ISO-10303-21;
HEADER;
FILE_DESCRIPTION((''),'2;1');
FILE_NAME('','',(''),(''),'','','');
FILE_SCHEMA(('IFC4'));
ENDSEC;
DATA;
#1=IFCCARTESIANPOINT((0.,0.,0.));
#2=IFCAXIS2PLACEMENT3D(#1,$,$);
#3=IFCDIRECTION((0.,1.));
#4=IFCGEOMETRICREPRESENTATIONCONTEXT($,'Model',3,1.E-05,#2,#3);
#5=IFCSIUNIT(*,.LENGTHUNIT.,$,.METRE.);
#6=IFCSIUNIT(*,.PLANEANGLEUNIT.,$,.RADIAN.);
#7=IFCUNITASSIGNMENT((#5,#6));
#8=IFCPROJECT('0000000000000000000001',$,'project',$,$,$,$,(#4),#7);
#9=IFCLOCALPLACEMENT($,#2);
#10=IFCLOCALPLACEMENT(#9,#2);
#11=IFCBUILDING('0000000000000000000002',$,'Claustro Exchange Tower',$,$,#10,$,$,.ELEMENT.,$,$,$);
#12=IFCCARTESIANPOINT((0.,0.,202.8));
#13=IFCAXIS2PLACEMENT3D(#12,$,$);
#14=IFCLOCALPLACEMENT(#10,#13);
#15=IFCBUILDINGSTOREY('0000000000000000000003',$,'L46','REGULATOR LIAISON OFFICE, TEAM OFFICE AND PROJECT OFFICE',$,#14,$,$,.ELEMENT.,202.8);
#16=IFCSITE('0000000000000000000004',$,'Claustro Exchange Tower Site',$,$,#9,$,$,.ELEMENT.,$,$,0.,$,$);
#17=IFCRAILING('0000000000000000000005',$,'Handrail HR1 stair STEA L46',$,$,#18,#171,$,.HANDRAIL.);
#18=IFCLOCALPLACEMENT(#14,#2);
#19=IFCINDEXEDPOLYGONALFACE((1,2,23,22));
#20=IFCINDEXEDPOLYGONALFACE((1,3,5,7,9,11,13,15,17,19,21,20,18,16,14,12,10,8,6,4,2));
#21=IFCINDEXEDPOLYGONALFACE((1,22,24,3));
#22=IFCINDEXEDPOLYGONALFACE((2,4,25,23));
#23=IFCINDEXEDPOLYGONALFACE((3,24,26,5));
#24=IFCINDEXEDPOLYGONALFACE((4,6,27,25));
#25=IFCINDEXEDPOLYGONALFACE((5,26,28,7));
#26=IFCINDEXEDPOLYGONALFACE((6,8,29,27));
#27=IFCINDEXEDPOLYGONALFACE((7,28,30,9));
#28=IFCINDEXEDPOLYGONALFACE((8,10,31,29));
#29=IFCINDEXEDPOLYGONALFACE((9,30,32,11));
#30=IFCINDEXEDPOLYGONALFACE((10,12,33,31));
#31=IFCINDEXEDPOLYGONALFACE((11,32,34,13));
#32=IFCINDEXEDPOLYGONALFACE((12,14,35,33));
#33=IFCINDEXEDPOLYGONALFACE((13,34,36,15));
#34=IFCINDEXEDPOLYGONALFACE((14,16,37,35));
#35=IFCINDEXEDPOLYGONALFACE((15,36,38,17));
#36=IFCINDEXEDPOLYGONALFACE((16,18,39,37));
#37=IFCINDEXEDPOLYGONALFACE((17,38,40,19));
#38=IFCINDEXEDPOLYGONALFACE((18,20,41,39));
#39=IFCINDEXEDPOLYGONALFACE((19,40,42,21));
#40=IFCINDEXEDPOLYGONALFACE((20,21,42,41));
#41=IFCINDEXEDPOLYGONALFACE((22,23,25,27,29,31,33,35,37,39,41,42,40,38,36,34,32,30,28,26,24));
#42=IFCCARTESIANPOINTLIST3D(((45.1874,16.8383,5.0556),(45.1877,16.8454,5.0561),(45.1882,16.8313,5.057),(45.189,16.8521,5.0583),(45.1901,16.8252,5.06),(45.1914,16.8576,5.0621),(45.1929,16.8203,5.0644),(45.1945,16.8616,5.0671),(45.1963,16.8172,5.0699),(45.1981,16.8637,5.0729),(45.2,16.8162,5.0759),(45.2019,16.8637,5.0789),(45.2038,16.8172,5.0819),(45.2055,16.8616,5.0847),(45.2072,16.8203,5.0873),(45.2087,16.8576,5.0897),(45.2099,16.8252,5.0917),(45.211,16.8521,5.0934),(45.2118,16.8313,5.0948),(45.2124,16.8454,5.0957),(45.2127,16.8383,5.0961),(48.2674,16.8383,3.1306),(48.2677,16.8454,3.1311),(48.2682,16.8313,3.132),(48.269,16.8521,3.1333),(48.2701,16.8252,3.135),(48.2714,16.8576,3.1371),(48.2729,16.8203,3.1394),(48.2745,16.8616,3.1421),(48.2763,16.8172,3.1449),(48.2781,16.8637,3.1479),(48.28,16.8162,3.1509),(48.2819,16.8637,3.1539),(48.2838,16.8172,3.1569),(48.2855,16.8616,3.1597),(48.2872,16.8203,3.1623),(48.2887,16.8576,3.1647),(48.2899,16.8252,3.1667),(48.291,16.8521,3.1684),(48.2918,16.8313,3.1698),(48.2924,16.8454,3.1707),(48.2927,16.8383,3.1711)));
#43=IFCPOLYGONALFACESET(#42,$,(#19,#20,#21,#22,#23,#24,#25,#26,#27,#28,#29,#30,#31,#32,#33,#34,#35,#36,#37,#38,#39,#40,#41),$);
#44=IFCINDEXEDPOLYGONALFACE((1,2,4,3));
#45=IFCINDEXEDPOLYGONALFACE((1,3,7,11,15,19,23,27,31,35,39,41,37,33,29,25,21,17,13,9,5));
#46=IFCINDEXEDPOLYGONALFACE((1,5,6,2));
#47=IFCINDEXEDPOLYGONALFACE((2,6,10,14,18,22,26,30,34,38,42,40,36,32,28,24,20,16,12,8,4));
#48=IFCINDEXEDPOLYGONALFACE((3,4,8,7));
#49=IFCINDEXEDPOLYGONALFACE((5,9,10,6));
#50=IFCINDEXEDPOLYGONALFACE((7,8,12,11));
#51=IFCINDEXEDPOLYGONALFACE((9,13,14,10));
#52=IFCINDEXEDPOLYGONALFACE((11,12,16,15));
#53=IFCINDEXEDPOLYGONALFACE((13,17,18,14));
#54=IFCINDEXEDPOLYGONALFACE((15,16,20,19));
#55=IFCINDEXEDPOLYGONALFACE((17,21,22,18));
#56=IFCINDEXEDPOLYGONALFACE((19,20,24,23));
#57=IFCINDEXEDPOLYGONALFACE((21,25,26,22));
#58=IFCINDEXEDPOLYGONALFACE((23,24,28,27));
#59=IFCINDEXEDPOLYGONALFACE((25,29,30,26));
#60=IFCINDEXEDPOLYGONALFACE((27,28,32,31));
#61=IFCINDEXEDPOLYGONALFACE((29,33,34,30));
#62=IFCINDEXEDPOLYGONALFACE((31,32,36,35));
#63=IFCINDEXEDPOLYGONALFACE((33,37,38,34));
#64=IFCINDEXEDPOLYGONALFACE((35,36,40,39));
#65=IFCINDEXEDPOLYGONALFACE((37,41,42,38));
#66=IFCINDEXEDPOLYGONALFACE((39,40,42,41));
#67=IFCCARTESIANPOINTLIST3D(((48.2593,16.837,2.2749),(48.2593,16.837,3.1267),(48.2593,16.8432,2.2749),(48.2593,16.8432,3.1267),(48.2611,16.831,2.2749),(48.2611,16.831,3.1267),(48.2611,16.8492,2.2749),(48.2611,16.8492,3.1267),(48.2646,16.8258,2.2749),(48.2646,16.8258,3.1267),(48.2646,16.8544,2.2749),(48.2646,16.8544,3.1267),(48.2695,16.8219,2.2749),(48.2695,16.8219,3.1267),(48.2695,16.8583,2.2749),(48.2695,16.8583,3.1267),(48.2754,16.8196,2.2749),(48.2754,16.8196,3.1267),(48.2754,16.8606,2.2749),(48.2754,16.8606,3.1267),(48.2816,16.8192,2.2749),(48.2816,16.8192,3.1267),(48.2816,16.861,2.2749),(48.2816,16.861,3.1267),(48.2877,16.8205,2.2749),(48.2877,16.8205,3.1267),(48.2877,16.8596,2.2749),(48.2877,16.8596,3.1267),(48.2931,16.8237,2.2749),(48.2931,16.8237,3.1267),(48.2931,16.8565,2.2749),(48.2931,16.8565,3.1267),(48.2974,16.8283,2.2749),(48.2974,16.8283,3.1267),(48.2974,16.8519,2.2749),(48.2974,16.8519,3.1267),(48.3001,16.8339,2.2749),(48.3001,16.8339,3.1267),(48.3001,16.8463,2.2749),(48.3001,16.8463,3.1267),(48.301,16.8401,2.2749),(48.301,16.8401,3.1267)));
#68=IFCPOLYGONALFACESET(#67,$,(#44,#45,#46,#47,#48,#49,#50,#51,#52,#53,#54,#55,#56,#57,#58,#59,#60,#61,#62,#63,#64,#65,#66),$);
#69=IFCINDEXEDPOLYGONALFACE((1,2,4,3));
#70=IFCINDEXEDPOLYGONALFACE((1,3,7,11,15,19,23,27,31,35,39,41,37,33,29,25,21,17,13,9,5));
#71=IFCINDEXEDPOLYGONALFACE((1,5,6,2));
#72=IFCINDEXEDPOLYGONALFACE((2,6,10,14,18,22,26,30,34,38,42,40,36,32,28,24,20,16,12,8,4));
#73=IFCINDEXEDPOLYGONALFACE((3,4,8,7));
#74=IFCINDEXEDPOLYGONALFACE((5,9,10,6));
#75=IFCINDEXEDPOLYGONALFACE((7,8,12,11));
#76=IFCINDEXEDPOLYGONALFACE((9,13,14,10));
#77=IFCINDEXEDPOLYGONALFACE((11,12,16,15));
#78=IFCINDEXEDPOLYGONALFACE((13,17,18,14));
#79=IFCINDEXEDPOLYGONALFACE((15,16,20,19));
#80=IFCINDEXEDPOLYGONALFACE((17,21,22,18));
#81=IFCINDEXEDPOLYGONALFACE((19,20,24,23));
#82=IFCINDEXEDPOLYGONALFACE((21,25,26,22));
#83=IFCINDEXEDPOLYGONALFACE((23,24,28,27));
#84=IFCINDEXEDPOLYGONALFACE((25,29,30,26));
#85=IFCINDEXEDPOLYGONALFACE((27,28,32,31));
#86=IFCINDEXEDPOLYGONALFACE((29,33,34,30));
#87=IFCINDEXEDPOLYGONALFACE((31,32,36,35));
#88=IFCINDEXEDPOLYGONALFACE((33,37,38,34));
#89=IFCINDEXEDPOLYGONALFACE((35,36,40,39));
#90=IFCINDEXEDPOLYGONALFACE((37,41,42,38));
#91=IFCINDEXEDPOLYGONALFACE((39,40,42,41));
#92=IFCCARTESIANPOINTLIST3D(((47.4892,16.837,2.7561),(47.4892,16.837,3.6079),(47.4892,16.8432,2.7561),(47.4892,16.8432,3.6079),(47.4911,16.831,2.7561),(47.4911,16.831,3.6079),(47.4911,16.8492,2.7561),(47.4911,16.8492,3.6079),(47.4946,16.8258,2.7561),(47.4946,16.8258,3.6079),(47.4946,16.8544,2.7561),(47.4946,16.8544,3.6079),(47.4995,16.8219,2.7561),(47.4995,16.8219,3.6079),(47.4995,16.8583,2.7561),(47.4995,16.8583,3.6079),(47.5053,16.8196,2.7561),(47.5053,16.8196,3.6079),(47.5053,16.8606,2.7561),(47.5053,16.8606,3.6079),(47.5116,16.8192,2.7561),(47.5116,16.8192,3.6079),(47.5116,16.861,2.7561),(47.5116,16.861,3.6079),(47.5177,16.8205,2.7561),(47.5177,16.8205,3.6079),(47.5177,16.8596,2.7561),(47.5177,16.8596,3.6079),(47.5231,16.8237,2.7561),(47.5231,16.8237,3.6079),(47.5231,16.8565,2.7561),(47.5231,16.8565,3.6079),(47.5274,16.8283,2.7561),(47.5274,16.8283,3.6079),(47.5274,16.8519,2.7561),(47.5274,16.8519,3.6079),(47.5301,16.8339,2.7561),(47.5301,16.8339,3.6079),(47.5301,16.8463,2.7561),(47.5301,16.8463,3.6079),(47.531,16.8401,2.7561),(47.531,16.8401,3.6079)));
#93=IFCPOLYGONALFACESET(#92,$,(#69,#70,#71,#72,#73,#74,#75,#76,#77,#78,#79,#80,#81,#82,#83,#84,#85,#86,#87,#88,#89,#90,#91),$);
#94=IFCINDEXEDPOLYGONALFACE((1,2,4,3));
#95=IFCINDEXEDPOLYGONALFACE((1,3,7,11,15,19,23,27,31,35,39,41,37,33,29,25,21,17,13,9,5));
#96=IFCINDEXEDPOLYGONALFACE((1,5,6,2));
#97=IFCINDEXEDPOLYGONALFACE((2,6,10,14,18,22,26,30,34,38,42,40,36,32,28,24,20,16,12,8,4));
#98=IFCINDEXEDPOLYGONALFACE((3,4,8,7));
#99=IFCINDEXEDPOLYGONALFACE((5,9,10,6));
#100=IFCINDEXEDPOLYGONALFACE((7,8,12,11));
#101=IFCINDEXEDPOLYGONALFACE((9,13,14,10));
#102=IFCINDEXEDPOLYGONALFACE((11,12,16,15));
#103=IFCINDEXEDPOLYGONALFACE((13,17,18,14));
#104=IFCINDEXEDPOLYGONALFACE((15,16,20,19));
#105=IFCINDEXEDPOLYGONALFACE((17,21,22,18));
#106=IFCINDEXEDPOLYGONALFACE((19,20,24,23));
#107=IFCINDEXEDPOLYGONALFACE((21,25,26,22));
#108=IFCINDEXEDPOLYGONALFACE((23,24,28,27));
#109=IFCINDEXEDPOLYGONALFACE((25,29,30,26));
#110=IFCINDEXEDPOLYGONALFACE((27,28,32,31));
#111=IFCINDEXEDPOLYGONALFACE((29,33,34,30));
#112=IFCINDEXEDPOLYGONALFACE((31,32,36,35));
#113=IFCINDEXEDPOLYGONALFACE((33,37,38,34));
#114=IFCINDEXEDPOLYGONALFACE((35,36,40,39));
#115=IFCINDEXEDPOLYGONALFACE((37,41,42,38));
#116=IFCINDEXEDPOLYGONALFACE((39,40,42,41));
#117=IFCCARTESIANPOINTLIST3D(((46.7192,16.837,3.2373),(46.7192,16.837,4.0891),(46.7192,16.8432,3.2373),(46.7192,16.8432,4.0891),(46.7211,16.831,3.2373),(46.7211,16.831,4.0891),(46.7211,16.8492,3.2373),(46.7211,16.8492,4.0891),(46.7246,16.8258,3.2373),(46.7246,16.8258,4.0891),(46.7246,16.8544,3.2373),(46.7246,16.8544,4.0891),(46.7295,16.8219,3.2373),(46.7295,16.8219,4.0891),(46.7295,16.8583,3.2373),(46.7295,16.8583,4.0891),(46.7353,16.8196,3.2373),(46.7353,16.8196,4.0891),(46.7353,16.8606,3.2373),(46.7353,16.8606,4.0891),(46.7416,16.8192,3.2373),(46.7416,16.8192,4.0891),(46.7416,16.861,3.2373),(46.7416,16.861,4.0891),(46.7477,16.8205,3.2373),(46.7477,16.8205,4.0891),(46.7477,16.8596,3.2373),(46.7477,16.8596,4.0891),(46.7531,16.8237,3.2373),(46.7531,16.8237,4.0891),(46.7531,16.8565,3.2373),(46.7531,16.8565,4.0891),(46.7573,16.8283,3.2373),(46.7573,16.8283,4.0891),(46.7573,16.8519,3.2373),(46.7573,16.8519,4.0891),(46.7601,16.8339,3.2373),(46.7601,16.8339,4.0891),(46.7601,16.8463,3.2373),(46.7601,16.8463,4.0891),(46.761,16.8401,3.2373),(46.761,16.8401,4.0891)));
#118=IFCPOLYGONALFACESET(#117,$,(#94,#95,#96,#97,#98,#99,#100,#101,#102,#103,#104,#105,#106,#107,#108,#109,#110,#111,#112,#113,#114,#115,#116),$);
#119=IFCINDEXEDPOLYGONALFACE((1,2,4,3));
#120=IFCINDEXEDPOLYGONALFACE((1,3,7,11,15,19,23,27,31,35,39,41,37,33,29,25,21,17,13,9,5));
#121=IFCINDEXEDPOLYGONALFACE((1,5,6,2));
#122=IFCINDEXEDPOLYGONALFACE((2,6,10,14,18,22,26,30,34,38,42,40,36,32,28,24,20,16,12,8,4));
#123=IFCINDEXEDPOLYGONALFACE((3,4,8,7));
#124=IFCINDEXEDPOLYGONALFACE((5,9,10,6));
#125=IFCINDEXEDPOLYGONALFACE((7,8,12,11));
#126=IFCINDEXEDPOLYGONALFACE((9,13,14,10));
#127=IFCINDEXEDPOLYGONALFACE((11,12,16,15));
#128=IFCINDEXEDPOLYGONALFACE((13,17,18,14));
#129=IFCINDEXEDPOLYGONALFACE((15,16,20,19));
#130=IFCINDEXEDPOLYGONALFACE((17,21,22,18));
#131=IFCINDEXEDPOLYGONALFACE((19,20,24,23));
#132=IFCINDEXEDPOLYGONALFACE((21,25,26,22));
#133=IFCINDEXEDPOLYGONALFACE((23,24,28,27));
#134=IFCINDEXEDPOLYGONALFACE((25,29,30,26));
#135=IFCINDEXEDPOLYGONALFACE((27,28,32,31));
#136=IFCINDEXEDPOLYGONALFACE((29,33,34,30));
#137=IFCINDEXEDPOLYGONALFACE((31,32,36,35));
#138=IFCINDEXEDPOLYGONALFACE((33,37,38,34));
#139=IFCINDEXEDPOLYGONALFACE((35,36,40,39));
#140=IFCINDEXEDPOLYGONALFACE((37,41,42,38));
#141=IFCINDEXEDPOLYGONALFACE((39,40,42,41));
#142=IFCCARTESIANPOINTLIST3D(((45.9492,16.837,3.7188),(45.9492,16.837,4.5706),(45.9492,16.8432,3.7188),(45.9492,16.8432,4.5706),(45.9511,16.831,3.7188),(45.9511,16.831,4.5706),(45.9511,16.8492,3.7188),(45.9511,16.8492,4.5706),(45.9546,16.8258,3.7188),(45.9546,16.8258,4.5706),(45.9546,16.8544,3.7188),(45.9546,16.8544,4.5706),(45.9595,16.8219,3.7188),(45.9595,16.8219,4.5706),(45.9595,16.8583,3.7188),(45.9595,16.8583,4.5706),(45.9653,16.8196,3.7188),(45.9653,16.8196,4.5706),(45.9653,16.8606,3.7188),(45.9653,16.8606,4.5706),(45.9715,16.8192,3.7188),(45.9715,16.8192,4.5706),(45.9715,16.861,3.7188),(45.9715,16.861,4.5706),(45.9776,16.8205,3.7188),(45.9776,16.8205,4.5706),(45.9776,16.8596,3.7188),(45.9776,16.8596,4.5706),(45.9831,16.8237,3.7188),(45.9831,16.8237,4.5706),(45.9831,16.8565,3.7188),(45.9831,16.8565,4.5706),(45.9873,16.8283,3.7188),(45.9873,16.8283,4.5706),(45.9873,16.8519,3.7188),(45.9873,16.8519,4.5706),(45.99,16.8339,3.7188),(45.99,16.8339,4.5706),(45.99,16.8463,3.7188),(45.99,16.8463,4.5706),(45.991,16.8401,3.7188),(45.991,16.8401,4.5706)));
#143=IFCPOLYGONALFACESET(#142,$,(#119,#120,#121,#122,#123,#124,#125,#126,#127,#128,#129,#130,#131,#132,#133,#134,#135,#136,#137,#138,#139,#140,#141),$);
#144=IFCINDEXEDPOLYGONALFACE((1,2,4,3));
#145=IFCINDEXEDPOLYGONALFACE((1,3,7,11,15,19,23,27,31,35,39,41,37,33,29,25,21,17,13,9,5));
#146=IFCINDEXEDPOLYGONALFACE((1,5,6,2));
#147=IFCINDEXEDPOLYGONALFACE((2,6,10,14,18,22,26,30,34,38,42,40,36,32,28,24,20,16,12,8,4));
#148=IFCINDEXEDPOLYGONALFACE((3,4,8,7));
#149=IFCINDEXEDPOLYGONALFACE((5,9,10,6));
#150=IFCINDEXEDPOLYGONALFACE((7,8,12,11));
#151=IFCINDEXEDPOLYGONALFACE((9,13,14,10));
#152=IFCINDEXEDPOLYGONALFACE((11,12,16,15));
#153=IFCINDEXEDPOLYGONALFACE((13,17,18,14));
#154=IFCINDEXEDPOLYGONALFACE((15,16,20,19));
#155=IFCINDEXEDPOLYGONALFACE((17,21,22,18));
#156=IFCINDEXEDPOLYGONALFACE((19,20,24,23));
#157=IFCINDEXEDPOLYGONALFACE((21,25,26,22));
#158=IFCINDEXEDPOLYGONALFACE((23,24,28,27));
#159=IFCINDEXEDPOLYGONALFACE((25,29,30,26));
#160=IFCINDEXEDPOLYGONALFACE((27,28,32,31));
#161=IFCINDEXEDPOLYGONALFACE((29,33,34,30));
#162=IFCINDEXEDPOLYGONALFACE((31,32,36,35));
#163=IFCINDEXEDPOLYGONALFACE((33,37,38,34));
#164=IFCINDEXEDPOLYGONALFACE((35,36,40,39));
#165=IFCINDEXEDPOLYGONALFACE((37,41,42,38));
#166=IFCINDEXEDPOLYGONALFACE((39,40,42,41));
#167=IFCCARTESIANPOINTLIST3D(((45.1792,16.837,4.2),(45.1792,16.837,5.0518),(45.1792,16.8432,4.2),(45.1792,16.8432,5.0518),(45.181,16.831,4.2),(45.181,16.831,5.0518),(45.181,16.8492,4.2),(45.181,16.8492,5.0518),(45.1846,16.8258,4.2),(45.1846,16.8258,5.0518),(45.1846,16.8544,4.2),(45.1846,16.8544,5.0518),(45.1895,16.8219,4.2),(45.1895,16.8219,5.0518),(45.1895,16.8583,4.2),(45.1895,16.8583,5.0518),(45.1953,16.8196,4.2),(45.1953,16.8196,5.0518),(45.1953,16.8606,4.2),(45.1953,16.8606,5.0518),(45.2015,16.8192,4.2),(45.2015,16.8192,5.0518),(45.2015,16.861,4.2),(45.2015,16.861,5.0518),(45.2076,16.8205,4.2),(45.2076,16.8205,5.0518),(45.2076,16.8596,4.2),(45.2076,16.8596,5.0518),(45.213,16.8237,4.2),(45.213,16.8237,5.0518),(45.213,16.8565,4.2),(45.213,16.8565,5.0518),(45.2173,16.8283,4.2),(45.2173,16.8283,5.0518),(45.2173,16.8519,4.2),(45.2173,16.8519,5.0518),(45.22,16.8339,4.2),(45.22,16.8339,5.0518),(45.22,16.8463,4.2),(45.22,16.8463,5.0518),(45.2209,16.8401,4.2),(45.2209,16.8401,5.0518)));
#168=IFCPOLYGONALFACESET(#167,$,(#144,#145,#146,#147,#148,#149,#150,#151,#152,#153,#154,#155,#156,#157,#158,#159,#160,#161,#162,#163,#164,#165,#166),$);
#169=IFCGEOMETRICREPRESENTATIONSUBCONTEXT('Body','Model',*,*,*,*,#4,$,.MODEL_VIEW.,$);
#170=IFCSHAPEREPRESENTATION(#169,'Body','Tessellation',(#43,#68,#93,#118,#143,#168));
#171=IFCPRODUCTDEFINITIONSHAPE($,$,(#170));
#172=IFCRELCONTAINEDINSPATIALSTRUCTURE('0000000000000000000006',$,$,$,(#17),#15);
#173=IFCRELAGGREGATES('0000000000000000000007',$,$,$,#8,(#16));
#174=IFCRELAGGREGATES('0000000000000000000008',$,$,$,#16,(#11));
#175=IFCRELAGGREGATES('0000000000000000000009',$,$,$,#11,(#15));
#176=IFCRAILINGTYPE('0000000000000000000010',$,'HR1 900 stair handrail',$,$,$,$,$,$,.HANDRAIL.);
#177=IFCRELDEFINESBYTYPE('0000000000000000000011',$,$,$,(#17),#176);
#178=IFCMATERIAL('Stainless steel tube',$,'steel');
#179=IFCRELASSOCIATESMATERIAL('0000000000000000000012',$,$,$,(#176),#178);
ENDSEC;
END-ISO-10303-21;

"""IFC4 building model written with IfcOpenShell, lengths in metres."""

from ifc_helpers import new_model, si_unit, direction, frame, origin, origin_2d, place, context, subcontext, project, spatial, circle, extrude, material, type_object, element, save


model = new_model("IFC4")

# Units and contexts
model_context = context("Model", 3, precision=1e-05, world=origin(), true_north=direction((0.0, 1.0)))
body_context = subcontext(model_context, "Body", "Model", "MODEL_VIEW")
ifc_project = project(units=[si_unit("LENGTHUNIT", "METRE"), si_unit("PLANEANGLEUNIT", "RADIAN")], contexts=[model_context])

# Site, building, storey
site_placement = place(None, origin())
site = spatial("IfcSite", under=ifc_project, at=site_placement, Name="Claustro Exchange Tower Site", CompositionType="ELEMENT", RefElevation=0.0)
building_placement = place(site_placement, origin())
building = spatial("IfcBuilding", under=site, at=building_placement, Name="Claustro Exchange Tower", CompositionType="ELEMENT")
storey_placement = place(building_placement, frame((0.0, 0.0, 202.8)))
storey = spatial("IfcBuildingStorey", under=building, at=storey_placement, Name="L46", Description="REGULATOR LIAISON OFFICE, TEAM OFFICE AND PROJECT OFFICE", CompositionType="ELEMENT", Elevation=202.8)

# Railing
ifc_material_1 = material(Name="Stainless steel tube", Category="steel")
railing_type_1 = type_object("IfcRailingType", Name="HR1 900 stair handrail", PredefinedType="HANDRAIL", material=ifc_material_1)
railing_1_placement = place(storey_placement, frame((48.28, 16.8401, 2.2749)))
element("IfcRailing", 1, at=railing_1_placement, inside=storey, type_object=railing_type_1, Name="Handrail HR1 stair STEA L46", PredefinedType="HANDRAIL", context=body_context, shape_type="SweptSolid", body=[
    extrude(circle(Radius=0.0239, at=origin_2d()), frame((0.0, 0.0, 0.876), z_axis=(-0.847998, 0.0, 0.529999), x_axis=(0.0, -1.0, 0.0)), (0.0, 0.0, 1.0), 3.6321),
    extrude(circle(Radius=0.021, at=origin_2d()), origin(), (0.0, 0.0, 1.0), 0.8518),
    extrude(circle(Radius=0.021, at=origin_2d()), frame((-0.77, 0.0, 0.4812)), (0.0, 0.0, 1.0), 0.8518),
    extrude(circle(Radius=0.021, at=origin_2d()), frame((-1.54, 0.0, 0.9624)), (0.0, 0.0, 1.0), 0.8518),
    extrude(circle(Radius=0.021, at=origin_2d()), frame((-2.3101, 0.0, 1.4438)), (0.0, 0.0, 1.0), 0.8518),
    extrude(circle(Radius=0.021, at=origin_2d()), frame((-3.0801, 0.0, 1.925)), (0.0, 0.0, 1.0), 0.8518),
])

save(model, "model.ifc")
